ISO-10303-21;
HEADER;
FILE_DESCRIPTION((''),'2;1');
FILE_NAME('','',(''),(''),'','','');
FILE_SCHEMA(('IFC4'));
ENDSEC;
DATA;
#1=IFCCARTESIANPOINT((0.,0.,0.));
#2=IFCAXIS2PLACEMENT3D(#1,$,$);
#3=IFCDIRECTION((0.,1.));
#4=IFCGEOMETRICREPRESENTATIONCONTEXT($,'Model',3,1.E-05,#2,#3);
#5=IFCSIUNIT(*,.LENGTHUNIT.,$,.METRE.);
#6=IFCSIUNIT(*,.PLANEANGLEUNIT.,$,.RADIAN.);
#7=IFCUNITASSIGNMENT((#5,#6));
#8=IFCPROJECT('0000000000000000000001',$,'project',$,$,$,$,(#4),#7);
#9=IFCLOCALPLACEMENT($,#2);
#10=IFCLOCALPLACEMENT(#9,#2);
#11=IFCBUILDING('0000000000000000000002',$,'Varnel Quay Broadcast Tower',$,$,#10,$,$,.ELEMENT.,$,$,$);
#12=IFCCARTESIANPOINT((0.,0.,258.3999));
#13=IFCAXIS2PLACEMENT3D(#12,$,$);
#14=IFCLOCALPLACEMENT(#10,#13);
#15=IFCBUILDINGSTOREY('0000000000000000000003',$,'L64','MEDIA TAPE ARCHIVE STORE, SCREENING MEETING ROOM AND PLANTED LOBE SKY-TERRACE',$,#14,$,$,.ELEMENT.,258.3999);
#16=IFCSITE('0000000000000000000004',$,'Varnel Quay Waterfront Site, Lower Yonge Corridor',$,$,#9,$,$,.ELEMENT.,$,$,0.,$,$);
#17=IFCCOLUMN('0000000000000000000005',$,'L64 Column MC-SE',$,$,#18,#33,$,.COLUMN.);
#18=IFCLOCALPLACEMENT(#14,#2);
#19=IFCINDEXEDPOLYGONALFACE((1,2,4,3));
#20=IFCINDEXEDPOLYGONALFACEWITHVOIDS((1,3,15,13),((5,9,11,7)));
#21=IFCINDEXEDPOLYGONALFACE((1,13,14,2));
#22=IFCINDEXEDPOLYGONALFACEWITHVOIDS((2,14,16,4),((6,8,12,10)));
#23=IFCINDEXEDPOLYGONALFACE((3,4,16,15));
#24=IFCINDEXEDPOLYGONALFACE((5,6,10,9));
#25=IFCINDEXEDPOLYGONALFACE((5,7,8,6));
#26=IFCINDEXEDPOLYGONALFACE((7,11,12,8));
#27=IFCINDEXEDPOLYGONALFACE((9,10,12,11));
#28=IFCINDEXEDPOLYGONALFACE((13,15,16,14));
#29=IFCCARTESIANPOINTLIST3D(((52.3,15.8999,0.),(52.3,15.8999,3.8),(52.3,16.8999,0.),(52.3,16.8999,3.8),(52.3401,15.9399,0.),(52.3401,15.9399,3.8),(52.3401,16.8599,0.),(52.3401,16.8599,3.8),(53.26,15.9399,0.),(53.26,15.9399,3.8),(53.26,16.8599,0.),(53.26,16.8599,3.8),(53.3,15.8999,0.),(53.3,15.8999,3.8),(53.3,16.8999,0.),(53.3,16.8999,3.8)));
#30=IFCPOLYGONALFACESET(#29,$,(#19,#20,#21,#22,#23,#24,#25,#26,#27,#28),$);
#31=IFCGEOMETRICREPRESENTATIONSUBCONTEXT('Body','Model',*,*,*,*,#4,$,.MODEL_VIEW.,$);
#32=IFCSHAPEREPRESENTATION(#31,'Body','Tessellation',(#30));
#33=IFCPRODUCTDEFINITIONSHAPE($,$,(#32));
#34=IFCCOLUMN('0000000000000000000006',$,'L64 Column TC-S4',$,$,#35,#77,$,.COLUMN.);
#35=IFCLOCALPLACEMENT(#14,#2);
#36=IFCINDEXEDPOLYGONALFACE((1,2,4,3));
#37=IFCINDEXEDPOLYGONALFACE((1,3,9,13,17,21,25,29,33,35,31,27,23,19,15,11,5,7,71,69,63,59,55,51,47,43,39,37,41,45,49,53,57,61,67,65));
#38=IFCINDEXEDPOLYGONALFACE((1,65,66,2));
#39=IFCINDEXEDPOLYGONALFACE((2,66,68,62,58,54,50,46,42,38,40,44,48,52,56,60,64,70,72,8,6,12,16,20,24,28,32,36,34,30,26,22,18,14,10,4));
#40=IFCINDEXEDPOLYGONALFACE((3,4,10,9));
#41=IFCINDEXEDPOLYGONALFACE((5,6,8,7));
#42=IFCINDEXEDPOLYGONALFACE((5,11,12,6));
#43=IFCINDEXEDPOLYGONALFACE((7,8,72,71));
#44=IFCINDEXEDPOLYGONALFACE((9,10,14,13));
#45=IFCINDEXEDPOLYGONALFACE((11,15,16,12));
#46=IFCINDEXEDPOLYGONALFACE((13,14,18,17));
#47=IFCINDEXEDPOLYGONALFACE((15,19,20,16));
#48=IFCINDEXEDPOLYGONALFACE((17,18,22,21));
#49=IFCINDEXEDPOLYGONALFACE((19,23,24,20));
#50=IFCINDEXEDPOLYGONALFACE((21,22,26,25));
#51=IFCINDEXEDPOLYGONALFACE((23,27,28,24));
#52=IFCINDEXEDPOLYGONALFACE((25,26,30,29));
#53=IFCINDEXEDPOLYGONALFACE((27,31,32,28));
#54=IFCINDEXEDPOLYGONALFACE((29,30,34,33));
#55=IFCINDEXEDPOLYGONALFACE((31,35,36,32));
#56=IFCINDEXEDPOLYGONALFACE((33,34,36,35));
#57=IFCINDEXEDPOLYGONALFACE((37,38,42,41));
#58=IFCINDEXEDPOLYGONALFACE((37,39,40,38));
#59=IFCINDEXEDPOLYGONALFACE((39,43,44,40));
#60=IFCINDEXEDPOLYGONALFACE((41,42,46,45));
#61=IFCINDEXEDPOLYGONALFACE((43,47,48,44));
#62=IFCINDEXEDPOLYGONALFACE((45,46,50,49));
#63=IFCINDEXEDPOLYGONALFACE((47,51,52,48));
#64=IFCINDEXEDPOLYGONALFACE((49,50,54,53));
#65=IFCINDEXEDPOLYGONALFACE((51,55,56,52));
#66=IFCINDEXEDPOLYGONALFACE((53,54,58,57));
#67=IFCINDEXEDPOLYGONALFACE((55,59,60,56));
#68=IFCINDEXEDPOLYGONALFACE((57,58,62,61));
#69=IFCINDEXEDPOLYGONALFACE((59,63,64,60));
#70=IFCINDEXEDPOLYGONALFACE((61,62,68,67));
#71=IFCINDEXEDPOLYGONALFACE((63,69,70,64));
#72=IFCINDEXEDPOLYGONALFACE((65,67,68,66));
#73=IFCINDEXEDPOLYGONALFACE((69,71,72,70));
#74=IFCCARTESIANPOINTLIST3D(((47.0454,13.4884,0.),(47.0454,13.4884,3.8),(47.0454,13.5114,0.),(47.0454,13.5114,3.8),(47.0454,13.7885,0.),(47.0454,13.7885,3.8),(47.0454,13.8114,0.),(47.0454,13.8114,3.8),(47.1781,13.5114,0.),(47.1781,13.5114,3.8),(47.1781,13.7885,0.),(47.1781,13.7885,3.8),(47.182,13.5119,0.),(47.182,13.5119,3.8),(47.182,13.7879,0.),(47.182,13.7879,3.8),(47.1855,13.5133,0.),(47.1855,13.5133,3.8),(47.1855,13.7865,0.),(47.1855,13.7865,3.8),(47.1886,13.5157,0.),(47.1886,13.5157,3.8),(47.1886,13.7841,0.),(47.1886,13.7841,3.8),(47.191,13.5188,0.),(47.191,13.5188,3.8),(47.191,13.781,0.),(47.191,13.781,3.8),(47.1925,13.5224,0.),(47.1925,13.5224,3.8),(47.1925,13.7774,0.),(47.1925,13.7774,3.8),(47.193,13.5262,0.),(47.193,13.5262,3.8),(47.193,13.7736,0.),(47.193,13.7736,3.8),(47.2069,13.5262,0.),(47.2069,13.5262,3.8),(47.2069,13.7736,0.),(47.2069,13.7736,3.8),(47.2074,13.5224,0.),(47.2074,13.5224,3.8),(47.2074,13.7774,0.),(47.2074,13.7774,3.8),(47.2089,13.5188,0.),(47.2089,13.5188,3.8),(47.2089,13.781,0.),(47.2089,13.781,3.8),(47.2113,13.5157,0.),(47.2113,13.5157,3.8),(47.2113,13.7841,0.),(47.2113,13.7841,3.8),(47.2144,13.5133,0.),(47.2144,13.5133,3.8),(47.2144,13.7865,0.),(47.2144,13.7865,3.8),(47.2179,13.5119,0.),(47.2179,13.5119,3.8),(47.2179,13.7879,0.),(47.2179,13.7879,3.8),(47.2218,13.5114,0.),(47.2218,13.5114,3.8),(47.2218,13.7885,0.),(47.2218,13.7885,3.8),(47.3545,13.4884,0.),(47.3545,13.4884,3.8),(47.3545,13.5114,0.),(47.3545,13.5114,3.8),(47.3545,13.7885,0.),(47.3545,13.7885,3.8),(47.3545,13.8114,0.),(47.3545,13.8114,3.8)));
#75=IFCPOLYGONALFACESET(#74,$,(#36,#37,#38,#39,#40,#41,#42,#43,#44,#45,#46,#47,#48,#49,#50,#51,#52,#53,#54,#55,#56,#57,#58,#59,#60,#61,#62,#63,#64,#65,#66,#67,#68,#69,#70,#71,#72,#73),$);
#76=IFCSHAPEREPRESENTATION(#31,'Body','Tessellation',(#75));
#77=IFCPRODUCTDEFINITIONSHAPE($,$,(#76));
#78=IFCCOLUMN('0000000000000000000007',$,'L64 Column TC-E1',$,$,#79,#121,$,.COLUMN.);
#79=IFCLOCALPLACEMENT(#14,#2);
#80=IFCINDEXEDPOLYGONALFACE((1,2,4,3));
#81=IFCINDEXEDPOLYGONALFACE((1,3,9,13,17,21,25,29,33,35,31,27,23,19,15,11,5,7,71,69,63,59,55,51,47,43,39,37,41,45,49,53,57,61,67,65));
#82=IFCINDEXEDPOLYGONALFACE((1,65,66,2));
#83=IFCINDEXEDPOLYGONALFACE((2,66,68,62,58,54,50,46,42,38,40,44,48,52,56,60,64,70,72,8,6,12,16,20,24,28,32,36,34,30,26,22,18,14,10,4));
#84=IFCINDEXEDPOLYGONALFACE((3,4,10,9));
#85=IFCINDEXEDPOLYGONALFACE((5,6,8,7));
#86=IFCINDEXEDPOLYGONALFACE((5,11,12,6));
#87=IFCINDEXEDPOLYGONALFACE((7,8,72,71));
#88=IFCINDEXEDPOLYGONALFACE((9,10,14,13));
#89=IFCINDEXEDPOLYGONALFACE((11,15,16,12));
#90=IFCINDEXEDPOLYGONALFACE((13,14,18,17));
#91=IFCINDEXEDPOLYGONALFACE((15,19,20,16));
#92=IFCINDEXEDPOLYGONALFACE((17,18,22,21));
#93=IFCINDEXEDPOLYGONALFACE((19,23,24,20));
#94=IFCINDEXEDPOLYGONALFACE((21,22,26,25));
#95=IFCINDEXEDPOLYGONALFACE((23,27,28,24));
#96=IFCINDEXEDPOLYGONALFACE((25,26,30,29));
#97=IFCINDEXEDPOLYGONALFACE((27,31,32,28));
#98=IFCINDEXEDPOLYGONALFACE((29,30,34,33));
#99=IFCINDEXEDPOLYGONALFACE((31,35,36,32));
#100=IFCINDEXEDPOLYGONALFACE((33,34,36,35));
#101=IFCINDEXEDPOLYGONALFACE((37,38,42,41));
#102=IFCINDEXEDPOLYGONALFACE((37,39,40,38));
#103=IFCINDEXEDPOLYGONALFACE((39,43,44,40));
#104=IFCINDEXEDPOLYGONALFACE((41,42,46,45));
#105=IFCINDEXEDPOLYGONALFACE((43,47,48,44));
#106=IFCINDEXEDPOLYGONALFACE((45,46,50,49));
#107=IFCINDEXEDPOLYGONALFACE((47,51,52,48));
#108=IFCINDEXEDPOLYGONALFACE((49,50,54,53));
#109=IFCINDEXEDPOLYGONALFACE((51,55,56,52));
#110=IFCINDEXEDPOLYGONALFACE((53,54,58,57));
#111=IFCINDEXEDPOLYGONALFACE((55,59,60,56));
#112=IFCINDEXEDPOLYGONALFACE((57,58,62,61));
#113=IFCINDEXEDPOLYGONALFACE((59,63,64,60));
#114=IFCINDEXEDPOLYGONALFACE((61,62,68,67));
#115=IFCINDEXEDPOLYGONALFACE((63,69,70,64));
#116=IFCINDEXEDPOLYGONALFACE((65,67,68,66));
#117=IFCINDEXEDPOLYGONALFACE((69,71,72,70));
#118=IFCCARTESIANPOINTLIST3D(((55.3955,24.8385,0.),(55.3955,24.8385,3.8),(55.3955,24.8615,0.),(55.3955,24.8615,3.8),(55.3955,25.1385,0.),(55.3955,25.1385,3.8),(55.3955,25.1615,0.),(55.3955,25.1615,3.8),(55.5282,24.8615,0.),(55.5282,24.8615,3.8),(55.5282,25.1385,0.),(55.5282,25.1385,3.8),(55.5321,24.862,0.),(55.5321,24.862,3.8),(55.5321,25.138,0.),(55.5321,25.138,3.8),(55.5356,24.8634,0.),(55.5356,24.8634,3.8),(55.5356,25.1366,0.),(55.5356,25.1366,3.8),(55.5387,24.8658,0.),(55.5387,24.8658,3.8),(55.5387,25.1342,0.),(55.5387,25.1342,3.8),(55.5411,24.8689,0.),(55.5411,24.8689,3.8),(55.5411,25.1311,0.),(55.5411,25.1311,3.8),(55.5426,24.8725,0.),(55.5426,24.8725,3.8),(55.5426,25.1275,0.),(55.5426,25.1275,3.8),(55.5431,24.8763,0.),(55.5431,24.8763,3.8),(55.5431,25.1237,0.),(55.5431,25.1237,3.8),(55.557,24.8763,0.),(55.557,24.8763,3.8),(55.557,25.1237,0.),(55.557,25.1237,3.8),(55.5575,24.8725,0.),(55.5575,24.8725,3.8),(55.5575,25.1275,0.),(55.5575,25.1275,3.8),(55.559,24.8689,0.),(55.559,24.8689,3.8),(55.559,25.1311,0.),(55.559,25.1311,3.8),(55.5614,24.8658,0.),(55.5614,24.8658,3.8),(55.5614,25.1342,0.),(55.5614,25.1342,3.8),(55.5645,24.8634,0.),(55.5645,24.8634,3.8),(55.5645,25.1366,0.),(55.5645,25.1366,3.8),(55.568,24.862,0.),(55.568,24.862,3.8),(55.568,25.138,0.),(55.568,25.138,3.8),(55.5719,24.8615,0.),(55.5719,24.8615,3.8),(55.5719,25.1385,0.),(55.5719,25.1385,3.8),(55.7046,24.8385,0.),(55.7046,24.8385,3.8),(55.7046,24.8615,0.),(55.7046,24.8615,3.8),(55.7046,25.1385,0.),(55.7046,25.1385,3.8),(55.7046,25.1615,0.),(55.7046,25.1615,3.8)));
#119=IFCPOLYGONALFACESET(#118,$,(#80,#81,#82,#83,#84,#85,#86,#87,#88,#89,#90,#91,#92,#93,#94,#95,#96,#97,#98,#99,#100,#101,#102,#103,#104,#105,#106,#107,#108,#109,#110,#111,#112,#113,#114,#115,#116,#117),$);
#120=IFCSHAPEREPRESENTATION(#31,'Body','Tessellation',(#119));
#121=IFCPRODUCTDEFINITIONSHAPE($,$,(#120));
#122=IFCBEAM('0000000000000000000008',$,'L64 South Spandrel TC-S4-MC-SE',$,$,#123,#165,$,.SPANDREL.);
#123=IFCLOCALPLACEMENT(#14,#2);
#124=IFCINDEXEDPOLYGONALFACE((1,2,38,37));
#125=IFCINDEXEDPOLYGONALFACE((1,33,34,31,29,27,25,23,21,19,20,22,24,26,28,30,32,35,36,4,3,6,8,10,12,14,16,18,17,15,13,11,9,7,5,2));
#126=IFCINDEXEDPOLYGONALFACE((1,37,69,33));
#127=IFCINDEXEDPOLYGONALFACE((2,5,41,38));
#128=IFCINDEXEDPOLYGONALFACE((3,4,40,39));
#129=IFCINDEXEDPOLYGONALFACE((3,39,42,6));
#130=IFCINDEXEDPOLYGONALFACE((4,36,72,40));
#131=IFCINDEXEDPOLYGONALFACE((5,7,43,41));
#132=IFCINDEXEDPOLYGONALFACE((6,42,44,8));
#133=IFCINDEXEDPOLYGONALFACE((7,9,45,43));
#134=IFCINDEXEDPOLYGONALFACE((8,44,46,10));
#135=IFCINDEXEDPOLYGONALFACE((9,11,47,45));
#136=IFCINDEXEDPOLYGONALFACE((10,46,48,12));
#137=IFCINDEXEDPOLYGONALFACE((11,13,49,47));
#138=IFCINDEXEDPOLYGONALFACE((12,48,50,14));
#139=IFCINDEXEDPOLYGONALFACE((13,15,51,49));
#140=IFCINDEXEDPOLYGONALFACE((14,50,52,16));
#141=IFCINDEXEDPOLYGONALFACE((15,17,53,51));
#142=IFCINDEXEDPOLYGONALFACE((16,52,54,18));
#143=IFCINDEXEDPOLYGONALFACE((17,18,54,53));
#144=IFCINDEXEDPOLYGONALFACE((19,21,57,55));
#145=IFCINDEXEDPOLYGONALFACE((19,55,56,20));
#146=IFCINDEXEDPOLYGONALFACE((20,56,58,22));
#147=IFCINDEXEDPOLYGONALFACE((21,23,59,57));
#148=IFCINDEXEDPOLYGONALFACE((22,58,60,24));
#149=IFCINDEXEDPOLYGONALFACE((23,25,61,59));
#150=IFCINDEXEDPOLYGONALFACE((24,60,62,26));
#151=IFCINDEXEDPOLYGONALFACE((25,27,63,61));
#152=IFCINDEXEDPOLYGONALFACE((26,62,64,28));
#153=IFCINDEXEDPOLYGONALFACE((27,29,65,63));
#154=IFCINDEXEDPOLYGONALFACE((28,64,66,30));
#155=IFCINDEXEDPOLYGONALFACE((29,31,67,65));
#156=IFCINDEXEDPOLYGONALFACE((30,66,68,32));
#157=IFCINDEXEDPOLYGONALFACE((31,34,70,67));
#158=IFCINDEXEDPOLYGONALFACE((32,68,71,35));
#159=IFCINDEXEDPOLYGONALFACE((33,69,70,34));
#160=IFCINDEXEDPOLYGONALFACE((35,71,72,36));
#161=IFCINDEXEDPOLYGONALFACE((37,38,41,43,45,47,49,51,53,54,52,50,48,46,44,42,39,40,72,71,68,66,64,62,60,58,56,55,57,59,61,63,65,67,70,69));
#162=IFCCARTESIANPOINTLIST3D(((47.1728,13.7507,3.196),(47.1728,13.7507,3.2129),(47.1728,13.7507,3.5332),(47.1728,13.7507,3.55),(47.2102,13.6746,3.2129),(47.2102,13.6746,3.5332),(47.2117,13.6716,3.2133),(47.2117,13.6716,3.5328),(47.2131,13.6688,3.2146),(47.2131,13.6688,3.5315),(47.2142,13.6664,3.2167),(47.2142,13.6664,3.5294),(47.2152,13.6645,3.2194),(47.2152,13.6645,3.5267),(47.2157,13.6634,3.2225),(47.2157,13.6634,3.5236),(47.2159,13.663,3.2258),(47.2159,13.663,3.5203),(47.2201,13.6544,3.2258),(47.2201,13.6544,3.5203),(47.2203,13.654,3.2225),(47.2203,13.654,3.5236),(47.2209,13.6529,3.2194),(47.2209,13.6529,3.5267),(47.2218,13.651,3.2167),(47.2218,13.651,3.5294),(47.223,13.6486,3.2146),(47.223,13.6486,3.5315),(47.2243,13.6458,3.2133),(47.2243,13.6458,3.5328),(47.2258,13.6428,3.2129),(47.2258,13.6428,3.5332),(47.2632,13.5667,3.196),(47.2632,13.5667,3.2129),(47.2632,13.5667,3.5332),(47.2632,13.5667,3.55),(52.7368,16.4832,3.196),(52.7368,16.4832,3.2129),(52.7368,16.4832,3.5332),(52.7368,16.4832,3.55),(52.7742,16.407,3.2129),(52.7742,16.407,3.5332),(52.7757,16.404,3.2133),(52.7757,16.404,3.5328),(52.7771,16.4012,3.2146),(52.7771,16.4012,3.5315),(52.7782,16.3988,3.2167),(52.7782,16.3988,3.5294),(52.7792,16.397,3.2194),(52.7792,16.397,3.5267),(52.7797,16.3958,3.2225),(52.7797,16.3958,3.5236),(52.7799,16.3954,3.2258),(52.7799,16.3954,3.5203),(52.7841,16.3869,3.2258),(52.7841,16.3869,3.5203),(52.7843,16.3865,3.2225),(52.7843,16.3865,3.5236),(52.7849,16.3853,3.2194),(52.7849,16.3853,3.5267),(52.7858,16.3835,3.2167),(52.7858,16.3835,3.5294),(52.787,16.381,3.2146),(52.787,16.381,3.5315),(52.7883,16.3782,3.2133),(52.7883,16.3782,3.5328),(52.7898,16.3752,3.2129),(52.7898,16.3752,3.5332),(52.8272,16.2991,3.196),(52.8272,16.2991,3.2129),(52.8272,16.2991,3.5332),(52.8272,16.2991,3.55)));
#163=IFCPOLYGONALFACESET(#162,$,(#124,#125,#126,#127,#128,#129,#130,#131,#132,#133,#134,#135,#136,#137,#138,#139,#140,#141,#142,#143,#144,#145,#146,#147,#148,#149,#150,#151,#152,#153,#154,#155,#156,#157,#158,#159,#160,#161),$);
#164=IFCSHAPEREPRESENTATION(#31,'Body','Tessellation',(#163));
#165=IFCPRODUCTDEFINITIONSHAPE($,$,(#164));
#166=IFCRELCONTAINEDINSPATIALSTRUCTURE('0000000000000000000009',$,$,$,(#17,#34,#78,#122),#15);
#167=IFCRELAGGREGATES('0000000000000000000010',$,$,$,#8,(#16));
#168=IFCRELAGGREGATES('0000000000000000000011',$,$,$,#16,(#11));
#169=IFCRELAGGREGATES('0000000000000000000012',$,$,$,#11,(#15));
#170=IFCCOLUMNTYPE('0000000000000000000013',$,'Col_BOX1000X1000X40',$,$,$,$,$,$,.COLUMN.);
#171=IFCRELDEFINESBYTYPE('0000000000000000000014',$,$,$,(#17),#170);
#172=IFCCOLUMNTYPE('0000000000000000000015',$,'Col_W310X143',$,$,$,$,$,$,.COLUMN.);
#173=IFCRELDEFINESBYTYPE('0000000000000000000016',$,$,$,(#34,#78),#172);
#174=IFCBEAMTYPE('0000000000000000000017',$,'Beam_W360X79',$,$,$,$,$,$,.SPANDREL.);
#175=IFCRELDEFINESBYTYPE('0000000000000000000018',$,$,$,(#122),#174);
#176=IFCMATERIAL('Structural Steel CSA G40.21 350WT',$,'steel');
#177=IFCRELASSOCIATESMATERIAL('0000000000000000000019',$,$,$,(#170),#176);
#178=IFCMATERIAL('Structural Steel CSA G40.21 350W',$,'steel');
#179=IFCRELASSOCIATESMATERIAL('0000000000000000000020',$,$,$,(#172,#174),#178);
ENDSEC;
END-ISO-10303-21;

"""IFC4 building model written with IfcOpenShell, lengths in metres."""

from ifc_helpers import new_model, si_unit, direction, frame, origin, origin_2d, place, context, subcontext, project, spatial, hollow_rectangle, i_section, extrude, source, transform, mapped, material, material_profile, profile_set, type_object, type_shapes, element, save


model = new_model("IFC4")

# Units and contexts
model_context = context("Model", 3, precision=1e-05, world=origin(), true_north=direction((0.0, 1.0)))
body_context = subcontext(model_context, "Body", "Model", "MODEL_VIEW")
ifc_project = project(units=[si_unit("LENGTHUNIT", "METRE"), si_unit("PLANEANGLEUNIT", "RADIAN")], contexts=[model_context])

# Site, building, storey
site_placement = place(None, origin())
site = spatial("IfcSite", under=ifc_project, at=site_placement, Name="Varnel Quay Waterfront Site, Lower Yonge Corridor", CompositionType="ELEMENT", RefElevation=0.0)
building_placement = place(site_placement, origin())
building = spatial("IfcBuilding", under=site, at=building_placement, Name="Varnel Quay Broadcast Tower", CompositionType="ELEMENT")
storey_placement = place(building_placement, frame((0.0, 0.0, 258.3999)))
storey = spatial("IfcBuildingStorey", under=building, at=storey_placement, Name="L64", Description="MEDIA TAPE ARCHIVE STORE, SCREENING MEETING ROOM AND PLANTED LOBE SKY-TERRACE", CompositionType="ELEMENT", Elevation=258.3999)

# Columns
ifc_material_1 = material(Name="Structural Steel CSA G40.21 350WT", Category="steel")
ifc_material_profile_1 = material_profile(ifc_material_1, hollow_rectangle(XDim=1.0, YDim=1.0, WallThickness=0.04, at=origin_2d()), Name="BOX1000X1000X40")
ifc_profile_set_1 = profile_set([ifc_material_profile_1], Name="Structural Steel CSA G40.21 350WT")
column_type_1 = type_object("IfcColumnType", Name="Col_BOX1000X1000X40", PredefinedType="COLUMN", material=ifc_profile_set_1)
shared_shape_1 = source(origin(), body_context, "Body", "SweptSolid", [
    extrude(hollow_rectangle(XDim=1.0, YDim=1.0, WallThickness=0.04, at=origin_2d()), origin(), (0.0, 0.0, 1.0), 3.8),
])
type_shapes(column_type_1, [shared_shape_1])
column_placement = place(storey_placement, frame((52.8, 16.3999, 0.0), z_axis=(0.0, 0.0, 1.0), x_axis=(1.0, 0.0, 0.0)))
element("IfcColumn", 1, at=column_placement, inside=storey, type_object=column_type_1, Name="L64 Column MC-SE", PredefinedType="COLUMN", context=body_context, shape_type="MappedRepresentation", body=[
    mapped(shared_shape_1, transform((0.0, 0.0, 0.0), x_axis=(1.0, 0.0, 0.0), y_axis=(0.0, 1.0, 0.0), z_axis=(0.0, 0.0, 1.0), scale=1.0)),
])
ifc_material_2 = material(Name="Structural Steel CSA G40.21 350W", Category="steel")
ifc_material_profile_2 = material_profile(ifc_material_2, i_section(OverallWidth=0.3091, OverallDepth=0.323, WebThickness=0.0139, FlangeThickness=0.0229, FilletRadius=0.0149, at=origin_2d()), Name="W310X143")
ifc_profile_set_2 = profile_set([ifc_material_profile_2], Name="Structural Steel CSA G40.21 350W")
column_type_2 = type_object("IfcColumnType", Name="Col_W310X143", PredefinedType="COLUMN", material=ifc_profile_set_2)
shared_shape_2 = source(origin(), body_context, "Body", "SweptSolid", [
    extrude(i_section(OverallWidth=0.3091, OverallDepth=0.323, WebThickness=0.0139, FlangeThickness=0.0229, FilletRadius=0.0149, at=origin_2d()), origin(), (0.0, 0.0, 1.0), 3.8),
])
type_shapes(column_type_2, [shared_shape_2])
for number, where, z_axis, x_axis, name in (
    (2, (47.2, 13.6499, 0.0), (0.0, 0.0, 1.0), (1.0, 0.0, 0.0), "L64 Column TC-S4"),
    (3, (55.55, 25.0, 0.0), (0.0, 0.0, 1.0), (1.0, 0.0, 0.0), "L64 Column TC-E1"),
):
    element("IfcColumn", number, at=place(storey_placement, frame(where, z_axis=z_axis, x_axis=x_axis)), inside=storey, type_object=column_type_2, Name=name, PredefinedType="COLUMN", context=body_context, shape_type="MappedRepresentation", body=[
        mapped(shared_shape_2, transform((0.0, 0.0, 0.0), x_axis=(1.0, 0.0, 0.0), y_axis=(0.0, 1.0, 0.0), z_axis=(0.0, 0.0, 1.0), scale=1.0)),
    ])

# Beam
ifc_material_profile_3 = material_profile(ifc_material_2, i_section(OverallWidth=0.2051, OverallDepth=0.354, WebThickness=0.0095, FlangeThickness=0.0168, FilletRadius=0.0129, at=origin_2d()), Name="W360X79")
ifc_profile_set_3 = profile_set([ifc_material_profile_3], Name="Structural Steel CSA G40.21 350W")
beam_type = type_object("IfcBeamType", Name="Beam_W360X79", PredefinedType="SPANDREL", material=ifc_profile_set_3)
shared_shape_3 = source(origin(), body_context, "Body", "SweptSolid", [
    extrude(i_section(OverallWidth=0.2051, OverallDepth=0.354, WebThickness=0.0095, FlangeThickness=0.0168, FilletRadius=0.0129, at=origin_2d()), origin(), (0.0, 0.0, 1.0), 6.1987),
])
beam_1_placement = place(storey_placement, frame((47.218, 13.6587, 3.373), z_axis=(0.897602, 0.440806, 0.0), x_axis=(-0.440806, 0.897602, 0.0)))
element("IfcBeam", 4, at=beam_1_placement, inside=storey, type_object=beam_type, Name="L64 South Spandrel TC-S4-MC-SE", PredefinedType="SPANDREL", context=body_context, shape_type="MappedRepresentation", body=[
    mapped(shared_shape_3, transform((0.0, 0.0, 0.0), x_axis=(1.0, 0.0, 0.0), y_axis=(0.0, 1.0, 0.0), z_axis=(0.0, 0.0, 1.0), scale=1.0)),
])

save(model, "model.ifc")
